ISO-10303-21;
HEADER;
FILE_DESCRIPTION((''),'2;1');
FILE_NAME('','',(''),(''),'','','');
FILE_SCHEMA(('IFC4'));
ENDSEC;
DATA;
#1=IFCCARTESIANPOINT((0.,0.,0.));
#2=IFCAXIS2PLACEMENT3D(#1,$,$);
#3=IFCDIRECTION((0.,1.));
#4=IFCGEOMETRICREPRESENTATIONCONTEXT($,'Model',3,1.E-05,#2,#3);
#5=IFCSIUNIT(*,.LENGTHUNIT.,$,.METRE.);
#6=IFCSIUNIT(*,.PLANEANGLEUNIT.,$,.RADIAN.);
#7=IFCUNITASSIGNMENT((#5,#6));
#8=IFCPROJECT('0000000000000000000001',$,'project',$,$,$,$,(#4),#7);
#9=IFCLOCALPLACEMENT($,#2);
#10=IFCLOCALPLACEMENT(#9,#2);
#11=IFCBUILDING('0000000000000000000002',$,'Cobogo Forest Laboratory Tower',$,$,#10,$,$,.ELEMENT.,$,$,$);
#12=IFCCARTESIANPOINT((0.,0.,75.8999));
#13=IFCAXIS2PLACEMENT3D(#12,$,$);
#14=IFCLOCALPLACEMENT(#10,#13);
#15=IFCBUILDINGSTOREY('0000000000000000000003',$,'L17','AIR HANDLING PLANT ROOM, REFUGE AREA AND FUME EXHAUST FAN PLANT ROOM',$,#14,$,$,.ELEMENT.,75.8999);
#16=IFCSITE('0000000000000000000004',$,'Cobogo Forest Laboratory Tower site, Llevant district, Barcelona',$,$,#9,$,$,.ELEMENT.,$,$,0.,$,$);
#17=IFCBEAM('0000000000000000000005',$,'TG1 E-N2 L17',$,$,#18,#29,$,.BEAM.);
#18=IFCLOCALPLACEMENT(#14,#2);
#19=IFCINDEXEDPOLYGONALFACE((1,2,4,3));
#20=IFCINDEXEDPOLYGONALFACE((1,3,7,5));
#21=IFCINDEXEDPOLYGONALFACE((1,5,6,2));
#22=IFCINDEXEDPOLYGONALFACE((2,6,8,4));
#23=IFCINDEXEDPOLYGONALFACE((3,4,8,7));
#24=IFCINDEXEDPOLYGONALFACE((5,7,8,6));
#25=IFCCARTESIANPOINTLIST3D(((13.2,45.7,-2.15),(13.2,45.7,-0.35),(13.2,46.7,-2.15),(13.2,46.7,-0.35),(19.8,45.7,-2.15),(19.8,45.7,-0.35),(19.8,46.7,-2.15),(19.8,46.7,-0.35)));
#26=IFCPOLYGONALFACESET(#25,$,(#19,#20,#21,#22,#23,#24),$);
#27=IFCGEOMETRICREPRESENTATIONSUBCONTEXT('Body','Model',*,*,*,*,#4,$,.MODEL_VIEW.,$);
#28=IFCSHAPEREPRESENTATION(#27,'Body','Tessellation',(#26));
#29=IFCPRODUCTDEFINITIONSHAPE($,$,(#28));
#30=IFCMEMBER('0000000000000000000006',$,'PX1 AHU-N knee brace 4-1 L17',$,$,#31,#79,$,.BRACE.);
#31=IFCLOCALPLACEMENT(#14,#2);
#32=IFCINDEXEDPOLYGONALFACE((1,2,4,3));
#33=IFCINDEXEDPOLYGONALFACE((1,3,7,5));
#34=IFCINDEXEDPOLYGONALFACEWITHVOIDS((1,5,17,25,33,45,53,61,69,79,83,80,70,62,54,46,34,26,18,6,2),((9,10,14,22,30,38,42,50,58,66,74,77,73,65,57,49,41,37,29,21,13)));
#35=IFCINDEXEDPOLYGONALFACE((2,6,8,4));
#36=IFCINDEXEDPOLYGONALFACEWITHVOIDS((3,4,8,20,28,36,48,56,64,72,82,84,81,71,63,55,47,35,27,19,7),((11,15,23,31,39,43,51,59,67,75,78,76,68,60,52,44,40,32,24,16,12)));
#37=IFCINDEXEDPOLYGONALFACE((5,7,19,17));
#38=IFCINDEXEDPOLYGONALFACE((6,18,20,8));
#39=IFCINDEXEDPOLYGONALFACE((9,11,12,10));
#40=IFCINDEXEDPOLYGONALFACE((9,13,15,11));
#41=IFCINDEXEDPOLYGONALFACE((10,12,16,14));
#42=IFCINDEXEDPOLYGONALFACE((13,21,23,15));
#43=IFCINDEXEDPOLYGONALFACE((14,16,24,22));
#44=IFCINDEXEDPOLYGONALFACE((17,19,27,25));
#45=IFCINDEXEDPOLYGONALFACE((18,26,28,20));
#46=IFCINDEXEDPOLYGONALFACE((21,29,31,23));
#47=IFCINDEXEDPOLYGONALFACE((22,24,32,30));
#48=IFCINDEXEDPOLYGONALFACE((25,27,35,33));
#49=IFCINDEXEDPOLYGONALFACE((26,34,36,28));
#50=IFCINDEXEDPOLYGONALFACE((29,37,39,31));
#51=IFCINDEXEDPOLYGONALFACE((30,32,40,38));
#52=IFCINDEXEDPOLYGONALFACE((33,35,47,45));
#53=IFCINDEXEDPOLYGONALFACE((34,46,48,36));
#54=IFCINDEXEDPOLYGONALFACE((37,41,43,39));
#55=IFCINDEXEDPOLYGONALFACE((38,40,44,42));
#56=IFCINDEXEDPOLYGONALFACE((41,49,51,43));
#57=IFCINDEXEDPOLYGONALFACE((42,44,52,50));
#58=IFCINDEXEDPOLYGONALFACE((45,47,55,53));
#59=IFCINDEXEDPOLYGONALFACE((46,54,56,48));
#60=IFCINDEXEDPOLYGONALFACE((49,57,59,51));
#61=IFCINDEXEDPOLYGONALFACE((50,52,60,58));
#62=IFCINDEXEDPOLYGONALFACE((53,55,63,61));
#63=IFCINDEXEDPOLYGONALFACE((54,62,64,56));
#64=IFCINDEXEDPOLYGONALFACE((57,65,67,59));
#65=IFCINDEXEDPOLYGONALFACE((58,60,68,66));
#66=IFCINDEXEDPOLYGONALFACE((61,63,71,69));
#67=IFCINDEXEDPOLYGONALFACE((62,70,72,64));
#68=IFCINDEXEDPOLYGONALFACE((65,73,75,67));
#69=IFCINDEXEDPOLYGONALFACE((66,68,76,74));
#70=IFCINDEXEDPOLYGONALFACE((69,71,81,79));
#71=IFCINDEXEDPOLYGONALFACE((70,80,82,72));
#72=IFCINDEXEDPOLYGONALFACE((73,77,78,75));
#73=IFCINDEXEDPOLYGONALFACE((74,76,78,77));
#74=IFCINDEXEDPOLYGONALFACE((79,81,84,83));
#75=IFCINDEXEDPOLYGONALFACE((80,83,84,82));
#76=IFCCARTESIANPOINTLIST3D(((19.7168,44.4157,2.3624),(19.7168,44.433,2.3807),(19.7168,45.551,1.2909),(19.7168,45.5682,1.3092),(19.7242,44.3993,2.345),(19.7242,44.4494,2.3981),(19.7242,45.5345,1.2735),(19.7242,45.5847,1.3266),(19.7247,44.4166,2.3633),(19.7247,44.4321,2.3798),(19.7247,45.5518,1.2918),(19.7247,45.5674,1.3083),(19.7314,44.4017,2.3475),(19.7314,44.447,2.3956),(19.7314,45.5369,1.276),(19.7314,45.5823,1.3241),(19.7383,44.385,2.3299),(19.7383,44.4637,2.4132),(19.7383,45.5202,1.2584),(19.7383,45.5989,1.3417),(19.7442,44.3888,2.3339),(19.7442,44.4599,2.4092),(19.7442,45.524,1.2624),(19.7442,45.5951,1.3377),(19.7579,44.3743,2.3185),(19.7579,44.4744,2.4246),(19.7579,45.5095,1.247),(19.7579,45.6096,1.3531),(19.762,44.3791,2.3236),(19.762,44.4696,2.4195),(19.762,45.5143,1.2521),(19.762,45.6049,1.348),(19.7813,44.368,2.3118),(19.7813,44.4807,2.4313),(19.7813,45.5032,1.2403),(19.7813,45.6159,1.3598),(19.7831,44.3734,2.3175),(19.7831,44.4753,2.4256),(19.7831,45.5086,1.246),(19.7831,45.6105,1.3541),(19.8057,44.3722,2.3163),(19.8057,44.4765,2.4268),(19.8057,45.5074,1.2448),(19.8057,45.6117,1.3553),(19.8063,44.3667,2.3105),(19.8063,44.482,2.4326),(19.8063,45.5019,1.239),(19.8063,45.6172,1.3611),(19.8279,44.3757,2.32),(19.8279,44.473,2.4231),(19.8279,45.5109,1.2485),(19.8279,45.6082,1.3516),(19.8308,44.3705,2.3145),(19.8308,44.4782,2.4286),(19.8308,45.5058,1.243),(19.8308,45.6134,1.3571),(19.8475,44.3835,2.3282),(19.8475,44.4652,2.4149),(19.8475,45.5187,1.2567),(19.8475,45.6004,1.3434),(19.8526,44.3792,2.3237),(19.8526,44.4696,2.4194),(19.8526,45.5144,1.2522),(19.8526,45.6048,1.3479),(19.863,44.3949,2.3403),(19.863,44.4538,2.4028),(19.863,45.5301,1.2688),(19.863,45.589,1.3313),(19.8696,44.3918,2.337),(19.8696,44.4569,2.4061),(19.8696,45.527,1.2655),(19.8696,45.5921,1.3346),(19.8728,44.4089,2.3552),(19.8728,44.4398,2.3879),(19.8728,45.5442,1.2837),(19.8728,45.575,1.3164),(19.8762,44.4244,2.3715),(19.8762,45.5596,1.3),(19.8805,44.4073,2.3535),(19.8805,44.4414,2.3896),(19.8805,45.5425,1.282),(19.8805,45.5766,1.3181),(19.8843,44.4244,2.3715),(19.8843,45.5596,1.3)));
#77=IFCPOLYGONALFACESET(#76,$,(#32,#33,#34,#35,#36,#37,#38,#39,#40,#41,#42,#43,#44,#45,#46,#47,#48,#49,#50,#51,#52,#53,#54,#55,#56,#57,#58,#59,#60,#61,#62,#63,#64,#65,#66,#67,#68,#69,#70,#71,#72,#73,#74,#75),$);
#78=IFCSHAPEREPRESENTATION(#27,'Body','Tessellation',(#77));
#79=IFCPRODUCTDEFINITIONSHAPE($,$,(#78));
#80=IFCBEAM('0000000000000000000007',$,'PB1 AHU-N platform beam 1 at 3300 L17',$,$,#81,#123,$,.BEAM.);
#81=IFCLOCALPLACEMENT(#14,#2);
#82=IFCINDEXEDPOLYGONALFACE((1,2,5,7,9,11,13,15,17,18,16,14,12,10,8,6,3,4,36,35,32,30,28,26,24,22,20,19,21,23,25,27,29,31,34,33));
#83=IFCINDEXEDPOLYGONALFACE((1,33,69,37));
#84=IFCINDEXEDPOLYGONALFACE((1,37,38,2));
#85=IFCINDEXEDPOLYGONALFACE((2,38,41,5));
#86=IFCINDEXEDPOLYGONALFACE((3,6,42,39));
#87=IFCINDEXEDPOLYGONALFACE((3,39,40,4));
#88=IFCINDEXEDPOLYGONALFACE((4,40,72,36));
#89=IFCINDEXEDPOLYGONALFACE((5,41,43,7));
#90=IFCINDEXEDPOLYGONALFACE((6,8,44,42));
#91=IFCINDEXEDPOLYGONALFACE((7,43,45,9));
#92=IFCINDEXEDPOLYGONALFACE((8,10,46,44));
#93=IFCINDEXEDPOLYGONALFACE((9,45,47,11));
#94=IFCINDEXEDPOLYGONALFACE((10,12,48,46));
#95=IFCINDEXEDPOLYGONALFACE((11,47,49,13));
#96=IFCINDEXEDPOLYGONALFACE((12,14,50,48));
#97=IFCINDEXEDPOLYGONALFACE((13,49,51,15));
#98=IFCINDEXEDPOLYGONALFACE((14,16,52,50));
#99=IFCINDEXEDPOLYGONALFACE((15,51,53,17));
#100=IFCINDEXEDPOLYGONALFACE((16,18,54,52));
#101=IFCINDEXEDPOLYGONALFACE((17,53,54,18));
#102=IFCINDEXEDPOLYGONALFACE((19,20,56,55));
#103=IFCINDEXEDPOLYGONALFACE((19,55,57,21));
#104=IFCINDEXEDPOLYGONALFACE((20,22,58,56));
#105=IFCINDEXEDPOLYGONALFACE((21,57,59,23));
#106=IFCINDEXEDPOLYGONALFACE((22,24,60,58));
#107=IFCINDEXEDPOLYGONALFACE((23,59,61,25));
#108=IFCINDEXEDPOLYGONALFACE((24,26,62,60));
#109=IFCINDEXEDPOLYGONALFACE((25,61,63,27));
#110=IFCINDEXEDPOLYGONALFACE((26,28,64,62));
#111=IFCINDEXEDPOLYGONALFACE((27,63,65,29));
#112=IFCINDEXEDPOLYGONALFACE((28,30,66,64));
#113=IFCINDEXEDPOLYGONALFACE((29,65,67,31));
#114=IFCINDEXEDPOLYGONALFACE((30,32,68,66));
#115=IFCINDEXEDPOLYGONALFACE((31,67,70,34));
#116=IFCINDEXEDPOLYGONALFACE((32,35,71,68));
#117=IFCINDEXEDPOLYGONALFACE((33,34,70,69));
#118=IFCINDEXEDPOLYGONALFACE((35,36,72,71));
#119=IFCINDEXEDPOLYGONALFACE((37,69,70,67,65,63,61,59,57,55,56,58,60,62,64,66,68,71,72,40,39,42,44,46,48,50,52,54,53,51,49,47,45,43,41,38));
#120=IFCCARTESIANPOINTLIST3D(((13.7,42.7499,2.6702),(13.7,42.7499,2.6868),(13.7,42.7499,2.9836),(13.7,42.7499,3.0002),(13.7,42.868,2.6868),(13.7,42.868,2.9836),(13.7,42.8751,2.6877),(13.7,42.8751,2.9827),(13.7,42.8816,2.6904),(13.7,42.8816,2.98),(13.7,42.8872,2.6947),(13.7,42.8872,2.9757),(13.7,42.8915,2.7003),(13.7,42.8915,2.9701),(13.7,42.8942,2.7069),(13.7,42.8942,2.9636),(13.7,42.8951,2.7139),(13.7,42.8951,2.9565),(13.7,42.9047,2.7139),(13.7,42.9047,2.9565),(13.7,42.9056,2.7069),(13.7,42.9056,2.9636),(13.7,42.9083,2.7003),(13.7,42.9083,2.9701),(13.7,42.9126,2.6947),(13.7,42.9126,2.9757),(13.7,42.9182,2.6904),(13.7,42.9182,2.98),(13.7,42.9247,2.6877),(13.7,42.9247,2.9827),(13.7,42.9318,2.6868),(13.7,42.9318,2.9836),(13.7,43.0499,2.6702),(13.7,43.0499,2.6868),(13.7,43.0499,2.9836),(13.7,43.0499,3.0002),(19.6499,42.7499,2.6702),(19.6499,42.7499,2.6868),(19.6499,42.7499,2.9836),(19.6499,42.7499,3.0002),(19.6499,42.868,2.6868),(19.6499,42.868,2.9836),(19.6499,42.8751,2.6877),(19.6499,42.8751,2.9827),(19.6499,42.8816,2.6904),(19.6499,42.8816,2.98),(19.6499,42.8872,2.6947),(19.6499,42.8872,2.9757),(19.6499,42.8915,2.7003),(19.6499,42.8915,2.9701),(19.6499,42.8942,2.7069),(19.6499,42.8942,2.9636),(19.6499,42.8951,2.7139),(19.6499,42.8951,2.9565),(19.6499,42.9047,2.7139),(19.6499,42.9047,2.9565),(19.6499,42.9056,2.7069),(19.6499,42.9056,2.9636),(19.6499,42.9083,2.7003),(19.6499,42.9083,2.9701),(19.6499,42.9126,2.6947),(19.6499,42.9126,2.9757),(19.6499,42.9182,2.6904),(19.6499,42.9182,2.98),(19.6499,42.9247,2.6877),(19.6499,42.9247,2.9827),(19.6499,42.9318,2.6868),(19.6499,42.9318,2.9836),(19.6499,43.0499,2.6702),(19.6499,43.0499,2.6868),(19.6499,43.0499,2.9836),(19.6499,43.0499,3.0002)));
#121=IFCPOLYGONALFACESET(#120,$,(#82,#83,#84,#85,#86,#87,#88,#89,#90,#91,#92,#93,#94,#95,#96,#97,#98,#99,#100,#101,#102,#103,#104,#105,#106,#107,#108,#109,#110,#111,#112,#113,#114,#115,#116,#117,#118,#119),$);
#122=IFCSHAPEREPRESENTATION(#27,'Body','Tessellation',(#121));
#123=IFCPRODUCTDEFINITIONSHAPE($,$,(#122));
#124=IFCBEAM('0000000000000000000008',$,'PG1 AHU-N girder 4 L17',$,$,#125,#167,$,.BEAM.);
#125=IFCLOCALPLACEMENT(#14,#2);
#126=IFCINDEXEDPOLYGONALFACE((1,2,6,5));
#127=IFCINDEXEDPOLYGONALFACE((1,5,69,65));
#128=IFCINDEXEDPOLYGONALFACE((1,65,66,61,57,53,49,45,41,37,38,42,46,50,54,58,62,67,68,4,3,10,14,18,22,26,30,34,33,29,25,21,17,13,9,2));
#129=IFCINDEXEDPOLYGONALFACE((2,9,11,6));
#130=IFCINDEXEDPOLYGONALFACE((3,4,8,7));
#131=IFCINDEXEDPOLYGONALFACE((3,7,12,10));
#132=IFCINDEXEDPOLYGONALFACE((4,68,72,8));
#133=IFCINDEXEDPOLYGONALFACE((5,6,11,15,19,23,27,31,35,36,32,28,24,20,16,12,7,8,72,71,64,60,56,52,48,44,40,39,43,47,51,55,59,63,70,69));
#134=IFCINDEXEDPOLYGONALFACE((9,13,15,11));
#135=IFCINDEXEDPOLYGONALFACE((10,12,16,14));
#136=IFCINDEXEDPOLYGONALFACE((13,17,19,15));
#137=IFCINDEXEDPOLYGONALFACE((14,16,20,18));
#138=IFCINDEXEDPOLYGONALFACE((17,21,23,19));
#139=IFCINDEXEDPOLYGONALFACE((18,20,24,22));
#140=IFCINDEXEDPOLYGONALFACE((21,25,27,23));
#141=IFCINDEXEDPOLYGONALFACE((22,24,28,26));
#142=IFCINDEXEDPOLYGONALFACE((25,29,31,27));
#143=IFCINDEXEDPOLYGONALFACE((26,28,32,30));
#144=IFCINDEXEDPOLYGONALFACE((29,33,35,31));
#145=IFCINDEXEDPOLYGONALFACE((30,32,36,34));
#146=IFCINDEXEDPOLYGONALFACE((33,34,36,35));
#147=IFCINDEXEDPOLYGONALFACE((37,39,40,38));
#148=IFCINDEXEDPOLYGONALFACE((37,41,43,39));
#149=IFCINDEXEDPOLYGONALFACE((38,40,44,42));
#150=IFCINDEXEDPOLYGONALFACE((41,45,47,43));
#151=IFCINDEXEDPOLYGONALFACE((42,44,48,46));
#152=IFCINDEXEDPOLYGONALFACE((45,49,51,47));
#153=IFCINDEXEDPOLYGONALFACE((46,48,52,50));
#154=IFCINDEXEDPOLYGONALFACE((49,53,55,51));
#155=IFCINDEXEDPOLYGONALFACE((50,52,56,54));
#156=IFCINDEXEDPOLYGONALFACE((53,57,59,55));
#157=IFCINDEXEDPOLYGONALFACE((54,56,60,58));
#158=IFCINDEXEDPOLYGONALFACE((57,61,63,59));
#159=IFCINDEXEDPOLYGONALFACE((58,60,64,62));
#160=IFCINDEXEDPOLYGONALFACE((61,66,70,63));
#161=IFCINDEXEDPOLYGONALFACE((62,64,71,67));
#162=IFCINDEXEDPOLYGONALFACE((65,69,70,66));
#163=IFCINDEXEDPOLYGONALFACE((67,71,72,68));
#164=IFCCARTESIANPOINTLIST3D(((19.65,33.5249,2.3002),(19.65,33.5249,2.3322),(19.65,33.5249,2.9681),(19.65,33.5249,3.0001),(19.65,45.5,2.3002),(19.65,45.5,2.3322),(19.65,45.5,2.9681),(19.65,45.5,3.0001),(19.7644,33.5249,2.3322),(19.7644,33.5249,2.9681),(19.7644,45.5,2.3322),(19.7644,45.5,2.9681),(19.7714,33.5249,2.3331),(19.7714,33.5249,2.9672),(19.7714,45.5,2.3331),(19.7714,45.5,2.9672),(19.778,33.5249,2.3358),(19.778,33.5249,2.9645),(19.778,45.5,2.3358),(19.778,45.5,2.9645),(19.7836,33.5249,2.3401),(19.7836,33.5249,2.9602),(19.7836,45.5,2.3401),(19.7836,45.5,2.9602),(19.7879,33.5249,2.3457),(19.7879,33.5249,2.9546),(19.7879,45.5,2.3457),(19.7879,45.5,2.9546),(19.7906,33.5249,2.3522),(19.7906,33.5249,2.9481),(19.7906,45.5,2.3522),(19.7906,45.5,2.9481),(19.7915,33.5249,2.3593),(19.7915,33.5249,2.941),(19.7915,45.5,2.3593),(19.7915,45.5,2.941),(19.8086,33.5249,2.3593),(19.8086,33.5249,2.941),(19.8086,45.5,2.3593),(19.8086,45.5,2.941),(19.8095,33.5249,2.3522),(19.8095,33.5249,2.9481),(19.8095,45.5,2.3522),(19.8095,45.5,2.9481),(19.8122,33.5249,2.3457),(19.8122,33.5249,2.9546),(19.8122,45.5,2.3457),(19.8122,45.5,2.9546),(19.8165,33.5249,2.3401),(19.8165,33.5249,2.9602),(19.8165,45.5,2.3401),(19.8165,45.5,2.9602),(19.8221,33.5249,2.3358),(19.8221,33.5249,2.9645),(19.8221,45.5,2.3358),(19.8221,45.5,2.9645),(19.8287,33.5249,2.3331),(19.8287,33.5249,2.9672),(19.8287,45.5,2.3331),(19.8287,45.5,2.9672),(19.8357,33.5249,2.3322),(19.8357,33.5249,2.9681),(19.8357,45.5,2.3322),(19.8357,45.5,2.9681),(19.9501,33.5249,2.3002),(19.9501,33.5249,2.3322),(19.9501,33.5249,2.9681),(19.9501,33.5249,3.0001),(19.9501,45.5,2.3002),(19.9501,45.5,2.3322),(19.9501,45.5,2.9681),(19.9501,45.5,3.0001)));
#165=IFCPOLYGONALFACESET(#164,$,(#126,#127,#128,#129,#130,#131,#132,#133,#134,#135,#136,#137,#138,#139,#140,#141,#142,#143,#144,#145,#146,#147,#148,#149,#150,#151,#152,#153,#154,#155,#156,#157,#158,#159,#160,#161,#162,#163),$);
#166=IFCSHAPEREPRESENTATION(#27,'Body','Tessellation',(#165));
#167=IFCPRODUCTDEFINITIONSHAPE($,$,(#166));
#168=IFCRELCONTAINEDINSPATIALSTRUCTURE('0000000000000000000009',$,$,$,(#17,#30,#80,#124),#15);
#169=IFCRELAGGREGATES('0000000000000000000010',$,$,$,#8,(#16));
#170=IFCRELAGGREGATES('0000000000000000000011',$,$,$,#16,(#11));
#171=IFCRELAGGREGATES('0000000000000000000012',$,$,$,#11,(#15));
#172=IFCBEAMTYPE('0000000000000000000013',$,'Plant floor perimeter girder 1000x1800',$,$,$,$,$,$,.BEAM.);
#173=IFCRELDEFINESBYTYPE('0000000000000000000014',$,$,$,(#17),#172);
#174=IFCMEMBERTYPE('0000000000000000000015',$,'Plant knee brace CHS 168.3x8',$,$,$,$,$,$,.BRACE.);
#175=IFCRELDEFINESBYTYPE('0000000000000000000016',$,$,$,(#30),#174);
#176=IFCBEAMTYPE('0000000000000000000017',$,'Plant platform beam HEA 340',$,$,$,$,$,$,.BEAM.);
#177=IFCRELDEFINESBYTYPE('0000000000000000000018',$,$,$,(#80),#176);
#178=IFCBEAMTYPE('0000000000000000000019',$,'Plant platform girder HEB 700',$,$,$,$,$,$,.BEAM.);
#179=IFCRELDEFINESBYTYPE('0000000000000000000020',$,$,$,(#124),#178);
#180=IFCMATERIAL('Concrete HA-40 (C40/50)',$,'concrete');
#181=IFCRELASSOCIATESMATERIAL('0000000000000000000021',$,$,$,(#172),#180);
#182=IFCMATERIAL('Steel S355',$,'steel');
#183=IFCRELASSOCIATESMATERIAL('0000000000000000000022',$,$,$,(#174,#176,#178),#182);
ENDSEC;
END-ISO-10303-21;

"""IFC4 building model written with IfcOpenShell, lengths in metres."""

from ifc_helpers import new_model, si_unit, direction, frame, origin, origin_2d, place, context, subcontext, project, spatial, rectangle, hollow_circle, i_section, extrude, material, material_profile, profile_set, type_object, element, save


model = new_model("IFC4")

# Units and contexts
model_context = context("Model", 3, precision=1e-05, world=origin(), true_north=direction((0.0, 1.0)))
body_context = subcontext(model_context, "Body", "Model", "MODEL_VIEW")
ifc_project = project(units=[si_unit("LENGTHUNIT", "METRE"), si_unit("PLANEANGLEUNIT", "RADIAN")], contexts=[model_context])

# Site, building, storey
site_placement = place(None, origin())
site = spatial("IfcSite", under=ifc_project, at=site_placement, Name="Cobogo Forest Laboratory Tower site, Llevant district, Barcelona", CompositionType="ELEMENT", RefElevation=0.0)
building_placement = place(site_placement, origin())
building = spatial("IfcBuilding", under=site, at=building_placement, Name="Cobogo Forest Laboratory Tower", CompositionType="ELEMENT")
storey_placement = place(building_placement, frame((0.0, 0.0, 75.8999)))
storey = spatial("IfcBuildingStorey", under=building, at=storey_placement, Name="L17", Description="AIR HANDLING PLANT ROOM, REFUGE AREA AND FUME EXHAUST FAN PLANT ROOM", CompositionType="ELEMENT", Elevation=75.8999)

# Beam
ifc_material_1 = material(Name="Concrete HA-40 (C40/50)", Category="concrete")
ifc_material_profile_1 = material_profile(ifc_material_1, rectangle(XDim=1.0, YDim=1.8, at=origin_2d()), Name="RC 1000x1800")
ifc_profile_set_1 = profile_set([ifc_material_profile_1], Name="Concrete HA-40 (C40/50)")
beam_type_1 = type_object("IfcBeamType", Name="Plant floor perimeter girder 1000x1800", PredefinedType="BEAM", material=ifc_profile_set_1)
beam_1_placement = place(storey_placement, frame((13.2, 46.2, -1.25), z_axis=(1.0, 0.0, 0.0), x_axis=(0.0, 1.0, 0.0)))
element("IfcBeam", 1, at=beam_1_placement, inside=storey, type_object=beam_type_1, Name="TG1 E-N2 L17", PredefinedType="BEAM", context=body_context, shape_type="SweptSolid", body=[
    extrude(rectangle(XDim=1.0, YDim=1.8, at=origin_2d()), origin(), (0.0, 0.0, 1.0), 6.6001),
])

# Member
ifc_material_2 = material(Name="Steel S355", Category="steel")
ifc_material_profile_2 = material_profile(ifc_material_2, hollow_circle(Radius=0.0842, WallThickness=0.0081, at=origin_2d()), Name="CHS 168.3x8")
ifc_profile_set_2 = profile_set([ifc_material_profile_2], Name="Steel S355")
member_type_1 = type_object("IfcMemberType", Name="Plant knee brace CHS 168.3x8", PredefinedType="BRACE", material=ifc_profile_set_2)
member_1_placement = place(storey_placement, frame((19.8, 45.5596, 1.3), z_axis=(0.0, -0.727221, 0.686403), x_axis=(1.0, 0.0, 0.0)))
element("IfcMember", 2, at=member_1_placement, inside=storey, type_object=member_type_1, Name="PX1 AHU-N knee brace 4-1 L17", PredefinedType="BRACE", context=body_context, shape_type="SweptSolid", body=[
    extrude(hollow_circle(Radius=0.0842, WallThickness=0.0081, at=origin_2d()), origin(), (0.0, 0.0, 1.0), 1.561),
])

# Beams
ifc_material_profile_3 = material_profile(ifc_material_2, i_section(OverallWidth=0.3, OverallDepth=0.3301, WebThickness=0.0095, FlangeThickness=0.0166, FilletRadius=0.0271, at=origin_2d()), Name="HEA 340")
ifc_profile_set_3 = profile_set([ifc_material_profile_3], Name="Steel S355")
beam_type_2 = type_object("IfcBeamType", Name="Plant platform beam HEA 340", PredefinedType="BEAM", material=ifc_profile_set_3)
beam_2_placement = place(storey_placement, frame((13.7, 42.8999, 2.8352), z_axis=(1.0, 0.0, 0.0), x_axis=(0.0, 1.0, 0.0)))
element("IfcBeam", 3, at=beam_2_placement, inside=storey, type_object=beam_type_2, Name="PB1 AHU-N platform beam 1 at 3300 L17", PredefinedType="BEAM", context=body_context, shape_type="SweptSolid", body=[
    extrude(i_section(OverallWidth=0.3, OverallDepth=0.3301, WebThickness=0.0095, FlangeThickness=0.0166, FilletRadius=0.0271, at=origin_2d()), origin(), (0.0, 0.0, 1.0), 5.95),
])
ifc_material_profile_4 = material_profile(ifc_material_2, i_section(OverallWidth=0.3, OverallDepth=0.7, WebThickness=0.0171, FlangeThickness=0.032, FilletRadius=0.0271, at=origin_2d()), Name="HEB 700")
ifc_profile_set_4 = profile_set([ifc_material_profile_4], Name="Steel S355")
beam_type_3 = type_object("IfcBeamType", Name="Plant platform girder HEB 700", PredefinedType="BEAM", material=ifc_profile_set_4)
beam_3_placement = place(storey_placement, frame((19.8, 45.5, 2.6501), z_axis=(0.0, -1.0, 0.0), x_axis=(1.0, 0.0, 0.0)))
element("IfcBeam", 4, at=beam_3_placement, inside=storey, type_object=beam_type_3, Name="PG1 AHU-N girder 4 L17", PredefinedType="BEAM", context=body_context, shape_type="SweptSolid", body=[
    extrude(i_section(OverallWidth=0.3, OverallDepth=0.7, WebThickness=0.0171, FlangeThickness=0.032, FilletRadius=0.0271, at=origin_2d()), origin(), (0.0, 0.0, 1.0), 11.9751),
])

save(model, "model.ifc")
